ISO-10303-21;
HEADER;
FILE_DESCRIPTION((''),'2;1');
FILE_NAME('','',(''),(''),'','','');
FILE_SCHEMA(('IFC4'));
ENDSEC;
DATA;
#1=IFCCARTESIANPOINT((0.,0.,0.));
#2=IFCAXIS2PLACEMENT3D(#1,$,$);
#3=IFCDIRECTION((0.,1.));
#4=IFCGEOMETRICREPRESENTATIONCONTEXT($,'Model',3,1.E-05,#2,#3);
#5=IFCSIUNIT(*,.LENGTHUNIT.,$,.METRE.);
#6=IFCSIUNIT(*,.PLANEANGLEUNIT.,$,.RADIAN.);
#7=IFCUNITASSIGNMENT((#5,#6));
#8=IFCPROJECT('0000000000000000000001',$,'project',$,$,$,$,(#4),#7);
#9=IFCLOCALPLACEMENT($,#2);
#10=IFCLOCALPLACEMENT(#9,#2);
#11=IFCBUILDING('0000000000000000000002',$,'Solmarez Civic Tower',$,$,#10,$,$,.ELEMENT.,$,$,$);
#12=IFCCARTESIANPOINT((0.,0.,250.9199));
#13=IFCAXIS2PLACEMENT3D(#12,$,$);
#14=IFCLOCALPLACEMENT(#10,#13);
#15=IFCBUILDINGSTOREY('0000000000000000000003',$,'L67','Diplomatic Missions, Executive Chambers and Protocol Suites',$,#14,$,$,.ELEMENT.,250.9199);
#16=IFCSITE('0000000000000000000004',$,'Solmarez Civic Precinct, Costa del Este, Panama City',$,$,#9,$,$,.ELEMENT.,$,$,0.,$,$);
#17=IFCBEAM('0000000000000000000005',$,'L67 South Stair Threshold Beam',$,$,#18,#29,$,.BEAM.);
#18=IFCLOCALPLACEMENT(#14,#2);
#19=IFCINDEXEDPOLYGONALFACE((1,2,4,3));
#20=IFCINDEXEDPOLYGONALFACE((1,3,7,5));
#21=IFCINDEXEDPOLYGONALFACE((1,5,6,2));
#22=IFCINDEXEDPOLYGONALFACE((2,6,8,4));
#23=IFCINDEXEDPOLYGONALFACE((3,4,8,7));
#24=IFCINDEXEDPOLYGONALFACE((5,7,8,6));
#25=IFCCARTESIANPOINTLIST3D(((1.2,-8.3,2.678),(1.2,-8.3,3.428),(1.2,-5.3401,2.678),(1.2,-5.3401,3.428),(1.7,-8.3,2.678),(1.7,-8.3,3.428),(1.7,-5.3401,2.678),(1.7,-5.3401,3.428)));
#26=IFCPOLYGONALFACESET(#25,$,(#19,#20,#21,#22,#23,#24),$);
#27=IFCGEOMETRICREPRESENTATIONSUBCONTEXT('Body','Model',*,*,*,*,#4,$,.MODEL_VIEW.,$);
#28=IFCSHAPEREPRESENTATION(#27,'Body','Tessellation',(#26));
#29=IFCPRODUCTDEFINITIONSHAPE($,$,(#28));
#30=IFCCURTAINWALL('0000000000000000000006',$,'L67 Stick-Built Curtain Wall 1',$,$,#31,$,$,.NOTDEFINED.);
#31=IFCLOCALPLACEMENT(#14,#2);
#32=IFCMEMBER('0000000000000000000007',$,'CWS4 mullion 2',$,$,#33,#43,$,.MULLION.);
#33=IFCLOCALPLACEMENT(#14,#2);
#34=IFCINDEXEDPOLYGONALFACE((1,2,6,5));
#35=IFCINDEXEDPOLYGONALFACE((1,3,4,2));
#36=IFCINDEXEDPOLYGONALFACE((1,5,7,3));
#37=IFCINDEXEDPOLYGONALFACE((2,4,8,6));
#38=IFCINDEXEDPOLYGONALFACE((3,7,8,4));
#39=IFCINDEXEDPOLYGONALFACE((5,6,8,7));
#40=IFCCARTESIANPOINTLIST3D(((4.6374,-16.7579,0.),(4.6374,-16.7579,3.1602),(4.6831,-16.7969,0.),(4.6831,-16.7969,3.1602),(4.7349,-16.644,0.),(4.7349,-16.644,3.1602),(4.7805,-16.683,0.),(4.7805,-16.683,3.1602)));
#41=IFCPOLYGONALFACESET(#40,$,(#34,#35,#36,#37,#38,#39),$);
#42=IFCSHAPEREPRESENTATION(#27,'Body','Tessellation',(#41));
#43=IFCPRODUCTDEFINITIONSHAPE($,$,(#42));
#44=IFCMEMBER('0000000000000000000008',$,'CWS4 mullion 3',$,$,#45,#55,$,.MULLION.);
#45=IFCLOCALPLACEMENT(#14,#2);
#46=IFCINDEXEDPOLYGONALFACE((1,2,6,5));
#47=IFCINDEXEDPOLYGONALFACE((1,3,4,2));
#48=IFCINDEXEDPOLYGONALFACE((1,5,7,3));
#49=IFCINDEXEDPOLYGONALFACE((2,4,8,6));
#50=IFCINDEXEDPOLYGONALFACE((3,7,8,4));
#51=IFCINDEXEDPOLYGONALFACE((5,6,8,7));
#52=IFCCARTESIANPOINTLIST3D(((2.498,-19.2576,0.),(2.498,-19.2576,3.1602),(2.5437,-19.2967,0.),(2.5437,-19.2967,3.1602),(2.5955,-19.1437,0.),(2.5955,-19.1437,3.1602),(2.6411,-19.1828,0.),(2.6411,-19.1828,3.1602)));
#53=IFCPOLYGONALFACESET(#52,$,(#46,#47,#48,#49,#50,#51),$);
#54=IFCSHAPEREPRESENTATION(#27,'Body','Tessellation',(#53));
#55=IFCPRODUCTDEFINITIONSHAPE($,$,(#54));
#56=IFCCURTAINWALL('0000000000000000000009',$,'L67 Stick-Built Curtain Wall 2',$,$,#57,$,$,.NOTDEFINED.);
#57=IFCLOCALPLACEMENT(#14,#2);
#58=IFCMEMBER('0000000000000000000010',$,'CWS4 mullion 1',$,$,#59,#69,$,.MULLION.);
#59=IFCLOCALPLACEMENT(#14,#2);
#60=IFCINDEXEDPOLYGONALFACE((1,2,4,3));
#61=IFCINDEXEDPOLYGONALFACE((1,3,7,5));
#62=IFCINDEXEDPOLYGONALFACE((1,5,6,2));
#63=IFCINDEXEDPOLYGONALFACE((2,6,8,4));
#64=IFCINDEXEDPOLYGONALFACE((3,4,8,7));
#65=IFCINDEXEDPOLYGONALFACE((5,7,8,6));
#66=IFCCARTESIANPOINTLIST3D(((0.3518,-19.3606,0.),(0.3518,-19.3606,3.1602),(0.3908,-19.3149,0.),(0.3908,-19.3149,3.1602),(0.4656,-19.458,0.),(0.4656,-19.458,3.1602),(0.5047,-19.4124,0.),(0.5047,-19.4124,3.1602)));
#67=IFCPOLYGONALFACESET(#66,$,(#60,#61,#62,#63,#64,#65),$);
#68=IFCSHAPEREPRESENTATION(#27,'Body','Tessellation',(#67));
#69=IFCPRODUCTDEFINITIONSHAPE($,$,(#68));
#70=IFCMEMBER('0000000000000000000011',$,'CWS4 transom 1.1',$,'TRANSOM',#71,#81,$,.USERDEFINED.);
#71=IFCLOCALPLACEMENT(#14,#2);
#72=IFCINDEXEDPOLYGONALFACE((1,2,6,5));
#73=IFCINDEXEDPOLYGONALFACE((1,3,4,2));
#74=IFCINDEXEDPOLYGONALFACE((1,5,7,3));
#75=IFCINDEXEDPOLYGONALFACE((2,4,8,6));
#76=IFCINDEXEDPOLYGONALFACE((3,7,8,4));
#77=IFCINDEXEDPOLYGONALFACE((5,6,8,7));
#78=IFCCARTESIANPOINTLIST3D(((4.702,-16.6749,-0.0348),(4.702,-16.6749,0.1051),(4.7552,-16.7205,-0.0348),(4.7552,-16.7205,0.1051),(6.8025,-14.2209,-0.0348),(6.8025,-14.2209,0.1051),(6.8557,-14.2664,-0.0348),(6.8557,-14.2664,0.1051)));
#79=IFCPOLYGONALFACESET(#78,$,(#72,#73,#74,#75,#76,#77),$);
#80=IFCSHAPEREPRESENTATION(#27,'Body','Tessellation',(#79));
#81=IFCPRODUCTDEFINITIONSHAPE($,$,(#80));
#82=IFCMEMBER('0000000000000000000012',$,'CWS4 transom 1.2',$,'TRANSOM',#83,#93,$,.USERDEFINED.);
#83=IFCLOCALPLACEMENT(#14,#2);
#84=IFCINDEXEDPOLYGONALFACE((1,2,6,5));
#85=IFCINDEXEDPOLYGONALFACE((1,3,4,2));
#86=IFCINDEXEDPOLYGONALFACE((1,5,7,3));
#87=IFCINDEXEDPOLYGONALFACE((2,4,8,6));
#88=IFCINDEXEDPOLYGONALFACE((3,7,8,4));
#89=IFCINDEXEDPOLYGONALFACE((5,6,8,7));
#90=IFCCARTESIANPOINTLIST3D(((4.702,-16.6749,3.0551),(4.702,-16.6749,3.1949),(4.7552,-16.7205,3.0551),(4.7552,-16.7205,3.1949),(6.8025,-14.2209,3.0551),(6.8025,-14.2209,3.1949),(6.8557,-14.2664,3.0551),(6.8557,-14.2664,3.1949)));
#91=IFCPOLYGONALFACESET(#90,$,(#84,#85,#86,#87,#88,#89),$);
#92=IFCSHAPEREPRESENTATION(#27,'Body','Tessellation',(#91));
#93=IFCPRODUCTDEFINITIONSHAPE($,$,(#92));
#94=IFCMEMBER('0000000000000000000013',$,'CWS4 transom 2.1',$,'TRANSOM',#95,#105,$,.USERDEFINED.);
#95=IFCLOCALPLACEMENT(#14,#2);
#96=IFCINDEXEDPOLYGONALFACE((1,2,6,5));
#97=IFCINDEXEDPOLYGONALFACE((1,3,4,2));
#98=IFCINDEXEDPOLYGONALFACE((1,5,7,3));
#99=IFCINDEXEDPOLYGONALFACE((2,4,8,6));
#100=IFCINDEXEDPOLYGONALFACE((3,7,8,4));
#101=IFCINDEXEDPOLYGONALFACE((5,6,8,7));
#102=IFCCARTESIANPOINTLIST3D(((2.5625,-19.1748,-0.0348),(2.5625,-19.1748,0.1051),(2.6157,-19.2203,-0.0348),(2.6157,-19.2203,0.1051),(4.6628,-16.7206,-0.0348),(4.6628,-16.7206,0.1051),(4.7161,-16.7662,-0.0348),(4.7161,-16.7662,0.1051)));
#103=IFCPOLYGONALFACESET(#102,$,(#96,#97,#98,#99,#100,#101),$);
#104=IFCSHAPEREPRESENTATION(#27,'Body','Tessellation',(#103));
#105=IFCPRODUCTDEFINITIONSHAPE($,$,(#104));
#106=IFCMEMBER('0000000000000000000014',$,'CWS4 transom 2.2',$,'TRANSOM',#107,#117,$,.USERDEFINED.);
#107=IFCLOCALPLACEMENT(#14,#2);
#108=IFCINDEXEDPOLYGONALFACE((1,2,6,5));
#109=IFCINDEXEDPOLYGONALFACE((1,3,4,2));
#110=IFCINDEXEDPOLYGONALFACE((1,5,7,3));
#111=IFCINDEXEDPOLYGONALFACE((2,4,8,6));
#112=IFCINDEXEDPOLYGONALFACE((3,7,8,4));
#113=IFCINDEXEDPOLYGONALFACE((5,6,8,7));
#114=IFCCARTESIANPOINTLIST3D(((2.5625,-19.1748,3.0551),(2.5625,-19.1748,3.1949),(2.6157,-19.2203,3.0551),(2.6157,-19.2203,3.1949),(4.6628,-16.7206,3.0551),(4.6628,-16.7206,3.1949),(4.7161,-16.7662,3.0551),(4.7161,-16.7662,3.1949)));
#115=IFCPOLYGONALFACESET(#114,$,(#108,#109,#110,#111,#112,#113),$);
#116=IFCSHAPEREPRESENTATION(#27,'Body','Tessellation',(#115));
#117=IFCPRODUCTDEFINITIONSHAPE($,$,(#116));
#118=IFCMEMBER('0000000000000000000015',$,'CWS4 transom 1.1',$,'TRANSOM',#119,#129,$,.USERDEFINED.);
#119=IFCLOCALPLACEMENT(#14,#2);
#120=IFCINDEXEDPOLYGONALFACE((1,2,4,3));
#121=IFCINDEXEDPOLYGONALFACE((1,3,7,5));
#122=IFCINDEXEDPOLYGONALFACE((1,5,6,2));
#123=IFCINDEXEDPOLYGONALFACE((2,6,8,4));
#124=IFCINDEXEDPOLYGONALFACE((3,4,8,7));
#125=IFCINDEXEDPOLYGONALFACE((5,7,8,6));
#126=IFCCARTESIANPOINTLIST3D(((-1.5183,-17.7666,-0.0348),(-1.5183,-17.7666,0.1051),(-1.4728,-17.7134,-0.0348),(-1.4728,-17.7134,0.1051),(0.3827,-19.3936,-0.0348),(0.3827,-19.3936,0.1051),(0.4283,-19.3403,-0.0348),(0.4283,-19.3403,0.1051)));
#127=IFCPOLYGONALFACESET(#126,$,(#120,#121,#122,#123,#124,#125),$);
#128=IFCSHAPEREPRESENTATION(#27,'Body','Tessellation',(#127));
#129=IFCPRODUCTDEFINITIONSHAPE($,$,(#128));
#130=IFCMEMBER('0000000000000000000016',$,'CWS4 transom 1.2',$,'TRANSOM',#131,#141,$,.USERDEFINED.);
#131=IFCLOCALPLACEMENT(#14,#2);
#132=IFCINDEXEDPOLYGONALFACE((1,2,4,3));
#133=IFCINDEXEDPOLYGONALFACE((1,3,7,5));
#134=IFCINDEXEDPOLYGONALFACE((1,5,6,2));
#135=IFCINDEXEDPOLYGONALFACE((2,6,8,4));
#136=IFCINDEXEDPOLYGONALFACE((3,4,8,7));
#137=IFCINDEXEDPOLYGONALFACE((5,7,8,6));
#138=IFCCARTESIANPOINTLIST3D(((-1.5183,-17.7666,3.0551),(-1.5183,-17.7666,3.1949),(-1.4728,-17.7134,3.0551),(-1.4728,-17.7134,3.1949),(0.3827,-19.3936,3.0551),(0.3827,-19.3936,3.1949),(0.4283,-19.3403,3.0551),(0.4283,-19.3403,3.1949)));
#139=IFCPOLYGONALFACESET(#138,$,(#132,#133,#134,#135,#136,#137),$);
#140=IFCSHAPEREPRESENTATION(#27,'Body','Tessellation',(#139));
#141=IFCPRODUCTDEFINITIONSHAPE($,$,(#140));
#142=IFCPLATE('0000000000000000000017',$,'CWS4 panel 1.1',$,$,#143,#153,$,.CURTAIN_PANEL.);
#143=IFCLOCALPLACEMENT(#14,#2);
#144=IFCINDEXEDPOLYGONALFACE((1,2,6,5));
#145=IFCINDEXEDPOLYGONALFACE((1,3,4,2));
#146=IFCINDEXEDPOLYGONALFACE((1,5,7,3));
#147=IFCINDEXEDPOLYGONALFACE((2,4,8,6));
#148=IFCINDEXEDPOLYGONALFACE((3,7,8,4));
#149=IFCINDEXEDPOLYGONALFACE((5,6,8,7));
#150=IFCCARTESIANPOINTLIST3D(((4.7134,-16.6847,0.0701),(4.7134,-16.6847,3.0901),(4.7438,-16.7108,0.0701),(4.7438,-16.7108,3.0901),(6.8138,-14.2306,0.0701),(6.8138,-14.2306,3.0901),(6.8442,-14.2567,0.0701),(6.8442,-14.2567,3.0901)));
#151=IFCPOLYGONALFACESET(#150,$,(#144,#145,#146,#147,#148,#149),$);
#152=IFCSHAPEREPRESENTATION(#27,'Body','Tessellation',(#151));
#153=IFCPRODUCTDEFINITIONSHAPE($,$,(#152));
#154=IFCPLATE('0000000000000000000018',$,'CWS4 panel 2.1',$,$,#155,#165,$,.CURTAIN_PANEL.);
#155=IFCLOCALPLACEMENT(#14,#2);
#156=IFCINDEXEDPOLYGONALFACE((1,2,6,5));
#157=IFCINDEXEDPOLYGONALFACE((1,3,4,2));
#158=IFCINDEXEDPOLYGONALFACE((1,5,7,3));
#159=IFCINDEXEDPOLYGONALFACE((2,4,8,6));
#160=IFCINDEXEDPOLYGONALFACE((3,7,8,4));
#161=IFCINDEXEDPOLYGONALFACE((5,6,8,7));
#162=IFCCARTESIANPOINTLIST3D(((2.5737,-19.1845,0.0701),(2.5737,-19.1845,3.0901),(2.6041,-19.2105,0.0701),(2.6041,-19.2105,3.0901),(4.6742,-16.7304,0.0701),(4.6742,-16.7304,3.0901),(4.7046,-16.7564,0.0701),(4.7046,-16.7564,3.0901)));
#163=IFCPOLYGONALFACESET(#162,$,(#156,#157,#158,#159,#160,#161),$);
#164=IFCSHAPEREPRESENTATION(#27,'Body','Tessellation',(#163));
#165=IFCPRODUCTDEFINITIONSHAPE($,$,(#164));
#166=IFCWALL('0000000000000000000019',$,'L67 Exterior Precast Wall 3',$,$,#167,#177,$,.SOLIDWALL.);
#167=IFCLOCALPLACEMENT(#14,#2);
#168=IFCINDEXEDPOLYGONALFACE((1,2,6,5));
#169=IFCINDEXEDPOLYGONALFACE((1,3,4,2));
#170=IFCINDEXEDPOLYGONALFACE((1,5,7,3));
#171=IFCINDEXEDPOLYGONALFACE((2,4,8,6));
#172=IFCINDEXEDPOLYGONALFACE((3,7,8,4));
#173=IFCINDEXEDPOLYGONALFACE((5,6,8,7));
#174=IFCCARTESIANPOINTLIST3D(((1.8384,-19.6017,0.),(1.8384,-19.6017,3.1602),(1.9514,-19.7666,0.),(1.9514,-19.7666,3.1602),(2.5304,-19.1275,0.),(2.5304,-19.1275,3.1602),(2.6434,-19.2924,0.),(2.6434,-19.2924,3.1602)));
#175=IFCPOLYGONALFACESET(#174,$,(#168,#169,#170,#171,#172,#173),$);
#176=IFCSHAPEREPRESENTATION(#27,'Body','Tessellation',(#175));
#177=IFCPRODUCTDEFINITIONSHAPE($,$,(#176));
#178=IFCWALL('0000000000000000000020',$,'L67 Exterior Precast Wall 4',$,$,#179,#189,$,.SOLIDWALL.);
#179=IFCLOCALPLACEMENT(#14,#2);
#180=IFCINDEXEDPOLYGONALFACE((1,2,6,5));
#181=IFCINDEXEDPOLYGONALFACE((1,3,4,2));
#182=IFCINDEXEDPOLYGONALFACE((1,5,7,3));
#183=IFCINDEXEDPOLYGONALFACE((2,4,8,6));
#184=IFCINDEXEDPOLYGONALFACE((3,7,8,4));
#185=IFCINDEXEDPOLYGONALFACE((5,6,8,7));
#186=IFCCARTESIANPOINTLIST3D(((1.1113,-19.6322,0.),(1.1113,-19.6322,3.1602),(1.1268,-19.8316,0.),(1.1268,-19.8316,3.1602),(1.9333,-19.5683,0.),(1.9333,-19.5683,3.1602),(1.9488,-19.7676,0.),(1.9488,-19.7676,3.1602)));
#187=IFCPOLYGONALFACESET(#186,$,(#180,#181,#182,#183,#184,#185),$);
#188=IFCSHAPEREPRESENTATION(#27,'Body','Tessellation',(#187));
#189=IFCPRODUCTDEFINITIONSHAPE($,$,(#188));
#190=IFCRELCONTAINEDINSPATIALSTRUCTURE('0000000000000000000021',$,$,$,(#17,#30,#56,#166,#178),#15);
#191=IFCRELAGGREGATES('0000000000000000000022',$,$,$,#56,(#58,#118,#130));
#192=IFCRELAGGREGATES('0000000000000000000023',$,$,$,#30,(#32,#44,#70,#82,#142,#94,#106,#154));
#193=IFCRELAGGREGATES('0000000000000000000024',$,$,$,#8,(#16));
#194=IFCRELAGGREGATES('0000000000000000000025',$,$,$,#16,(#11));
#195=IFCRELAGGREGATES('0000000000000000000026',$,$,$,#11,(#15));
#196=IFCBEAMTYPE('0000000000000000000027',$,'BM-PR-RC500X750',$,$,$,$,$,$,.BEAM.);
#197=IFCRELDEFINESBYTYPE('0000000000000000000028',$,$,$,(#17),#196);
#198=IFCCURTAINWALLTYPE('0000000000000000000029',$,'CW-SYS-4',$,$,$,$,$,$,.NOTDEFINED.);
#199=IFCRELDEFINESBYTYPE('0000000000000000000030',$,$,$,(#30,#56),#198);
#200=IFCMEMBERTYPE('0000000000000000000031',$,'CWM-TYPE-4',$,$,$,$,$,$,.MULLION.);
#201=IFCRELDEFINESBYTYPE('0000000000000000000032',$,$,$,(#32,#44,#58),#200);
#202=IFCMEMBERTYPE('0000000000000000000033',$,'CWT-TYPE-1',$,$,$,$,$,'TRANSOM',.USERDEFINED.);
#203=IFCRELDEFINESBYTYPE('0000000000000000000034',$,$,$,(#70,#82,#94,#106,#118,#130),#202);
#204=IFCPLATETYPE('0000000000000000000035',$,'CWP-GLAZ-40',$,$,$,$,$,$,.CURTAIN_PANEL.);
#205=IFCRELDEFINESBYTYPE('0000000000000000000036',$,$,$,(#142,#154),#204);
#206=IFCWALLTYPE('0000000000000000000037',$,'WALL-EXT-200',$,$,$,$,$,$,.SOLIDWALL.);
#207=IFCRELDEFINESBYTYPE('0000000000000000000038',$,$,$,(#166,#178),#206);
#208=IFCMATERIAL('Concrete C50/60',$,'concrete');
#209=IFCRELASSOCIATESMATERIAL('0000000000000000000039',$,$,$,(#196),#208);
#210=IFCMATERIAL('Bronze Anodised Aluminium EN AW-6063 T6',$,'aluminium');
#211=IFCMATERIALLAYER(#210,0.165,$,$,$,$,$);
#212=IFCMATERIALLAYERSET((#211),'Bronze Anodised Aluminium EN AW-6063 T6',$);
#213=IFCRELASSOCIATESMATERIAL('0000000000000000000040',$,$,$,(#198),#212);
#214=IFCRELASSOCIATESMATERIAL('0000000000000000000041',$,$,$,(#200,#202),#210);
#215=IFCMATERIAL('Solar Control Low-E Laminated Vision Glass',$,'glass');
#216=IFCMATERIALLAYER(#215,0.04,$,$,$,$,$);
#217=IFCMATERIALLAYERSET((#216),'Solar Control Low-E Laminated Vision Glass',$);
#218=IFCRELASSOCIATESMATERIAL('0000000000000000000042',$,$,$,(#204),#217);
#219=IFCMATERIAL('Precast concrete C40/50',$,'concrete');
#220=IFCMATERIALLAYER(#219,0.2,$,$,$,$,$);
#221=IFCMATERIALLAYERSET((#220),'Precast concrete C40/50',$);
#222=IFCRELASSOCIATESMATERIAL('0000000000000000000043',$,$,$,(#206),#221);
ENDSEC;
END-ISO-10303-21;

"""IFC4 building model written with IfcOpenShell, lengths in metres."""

from ifc_helpers import new_model, si_unit, direction, frame, frame_2d, origin, origin_2d, place, context, subcontext, project, spatial, rectangle, extrude, material, layer, layer_set, material_profile, profile_set, type_object, element, aggregate, save


model = new_model("IFC4")

# Units and contexts
model_context = context("Model", 3, precision=1e-05, world=origin(), true_north=direction((0.0, 1.0)))
body_context = subcontext(model_context, "Body", "Model", "MODEL_VIEW")
ifc_project = project(units=[si_unit("LENGTHUNIT", "METRE"), si_unit("PLANEANGLEUNIT", "RADIAN")], contexts=[model_context])

# Site, building, storey
site_placement = place(None, origin())
site = spatial("IfcSite", under=ifc_project, at=site_placement, Name="Solmarez Civic Precinct, Costa del Este, Panama City", CompositionType="ELEMENT", RefElevation=0.0)
building_placement = place(site_placement, origin())
building = spatial("IfcBuilding", under=site, at=building_placement, Name="Solmarez Civic Tower", CompositionType="ELEMENT")
storey_placement = place(building_placement, frame((0.0, 0.0, 250.9199)))
storey = spatial("IfcBuildingStorey", under=building, at=storey_placement, Name="L67", Description="Diplomatic Missions, Executive Chambers and Protocol Suites", CompositionType="ELEMENT", Elevation=250.9199)

# Beam
ifc_material_1 = material(Name="Concrete C50/60", Category="concrete")
ifc_material_profile_1 = material_profile(ifc_material_1, rectangle(XDim=0.5, YDim=0.75, at=origin_2d()), Name="RC500X750")
ifc_profile_set_1 = profile_set([ifc_material_profile_1], Name="Concrete C50/60")
beam_type = type_object("IfcBeamType", Name="BM-PR-RC500X750", PredefinedType="BEAM", material=ifc_profile_set_1)
beam_placement = place(storey_placement, frame((1.45, -8.3, 3.053), z_axis=(0.0, 1.0, 0.0), x_axis=(-1.0, 0.0, 0.0)))
element("IfcBeam", 1, at=beam_placement, inside=storey, type_object=beam_type, Name="L67 South Stair Threshold Beam", PredefinedType="BEAM", context=body_context, shape_type="SweptSolid", body=[
    extrude(rectangle(XDim=0.5, YDim=0.75, at=origin_2d()), origin(), (0.0, 0.0, 1.0), 2.96),
])

# Curtain wall, members
ifc_material_2 = material(Name="Bronze Anodised Aluminium EN AW-6063 T6", Category="aluminium")
ifc_layer_1 = layer(ifc_material_2, 0.165)
ifc_layer_set_1 = layer_set([ifc_layer_1], Name="Bronze Anodised Aluminium EN AW-6063 T6")
curtain_wall_type = type_object("IfcCurtainWallType", Name="CW-SYS-4", PredefinedType="NOTDEFINED", material=ifc_layer_set_1)
curtain_wall_1_placement = place(storey_placement, origin())
curtain_wall_1 = element("IfcCurtainWall", 2, at=curtain_wall_1_placement, inside=storey, type_object=curtain_wall_type, Name="L67 Stick-Built Curtain Wall 1", PredefinedType="NOTDEFINED")
ifc_material_profile_2 = material_profile(ifc_material_2, rectangle(XDim=0.0601, YDim=0.1499, at=origin_2d()), Name="CWM-60X150")
ifc_profile_set_2 = profile_set([ifc_material_profile_2], Name="Bronze Anodised Aluminium EN AW-6063 T6")
member_type_1 = type_object("IfcMemberType", Name="CWM-TYPE-4", PredefinedType="MULLION", material=ifc_profile_set_2)
member_1_placement = place(storey_placement, frame((4.709, -16.7205, 0.0), z_axis=(0.0, 0.0, 1.0), x_axis=(0.759724, -0.650246, 0.0)))
member_1 = element("IfcMember", 3, at=member_1_placement, type_object=member_type_1, Name="CWS4 mullion 2", PredefinedType="MULLION", context=body_context, shape_type="SweptSolid", body=[
    extrude(rectangle(XDim=0.0601, YDim=0.1499, at=origin_2d()), origin(), (0.0, 0.0, 1.0), 3.1602),
])
member_2_placement = place(storey_placement, frame((2.5696, -19.2202, 0.0), z_axis=(0.0, 0.0, 1.0), x_axis=(0.759724, -0.650246, 0.0)))
member_2 = element("IfcMember", 4, at=member_2_placement, type_object=member_type_1, Name="CWS4 mullion 3", PredefinedType="MULLION", context=body_context, shape_type="SweptSolid", body=[
    extrude(rectangle(XDim=0.0601, YDim=0.1499, at=origin_2d()), origin(), (0.0, 0.0, 1.0), 3.1602),
])

# Curtain wall, member
curtain_wall_2_placement = place(storey_placement, origin())
curtain_wall_2 = element("IfcCurtainWall", 5, at=curtain_wall_2_placement, inside=storey, type_object=curtain_wall_type, Name="L67 Stick-Built Curtain Wall 2", PredefinedType="NOTDEFINED")
member_3_placement = place(storey_placement, frame((0.4282, -19.3865, 0.0), z_axis=(0.0, 0.0, 1.0), x_axis=(-0.650245, -0.759725, 0.0)))
member_3 = element("IfcMember", 6, at=member_3_placement, type_object=member_type_1, Name="CWS4 mullion 1", PredefinedType="MULLION", context=body_context, shape_type="SweptSolid", body=[
    extrude(rectangle(XDim=0.0601, YDim=0.1499, at=origin_2d()), origin(), (0.0, 0.0, 1.0), 3.1602),
])

# Members
ifc_material_profile_3 = material_profile(ifc_material_2, rectangle(XDim=0.0701, YDim=0.1399, at=origin_2d()), Name="CWT-70X140")
ifc_profile_set_3 = profile_set([ifc_material_profile_3], Name="Bronze Anodised Aluminium EN AW-6063 T6")
member_type_2 = type_object("IfcMemberType", Name="CWT-TYPE-1", ElementType="TRANSOM", PredefinedType="USERDEFINED", material=ifc_profile_set_3)
member_4_placement = place(storey_placement, frame((6.8291, -14.2437, 0.0352), z_axis=(-0.650268, -0.759705, 0.0), x_axis=(0.759705, -0.650268, 0.0)))
member_4 = element("IfcMember", 7, at=member_4_placement, type_object=member_type_2, Name="CWS4 transom 1.1", ObjectType="TRANSOM", PredefinedType="USERDEFINED", context=body_context, shape_type="SweptSolid", body=[
    extrude(rectangle(XDim=0.0701, YDim=0.1399, at=origin_2d()), origin(), (0.0, 0.0, 1.0), 3.2302),
])
member_5_placement = place(storey_placement, frame((6.8291, -14.2437, 3.125), z_axis=(-0.650268, -0.759705, 0.0), x_axis=(0.759705, -0.650268, 0.0)))
member_5 = element("IfcMember", 8, at=member_5_placement, type_object=member_type_2, Name="CWS4 transom 1.2", ObjectType="TRANSOM", PredefinedType="USERDEFINED", context=body_context, shape_type="SweptSolid", body=[
    extrude(rectangle(XDim=0.0701, YDim=0.1399, at=origin_2d()), origin(), (0.0, 0.0, 1.0), 3.2302),
])
member_6_placement = place(storey_placement, frame((4.6895, -16.7434, 0.0352), z_axis=(-0.650225, -0.759742, 0.0), x_axis=(0.759742, -0.650225, 0.0)))
member_6 = element("IfcMember", 9, at=member_6_placement, type_object=member_type_2, Name="CWS4 transom 2.1", ObjectType="TRANSOM", PredefinedType="USERDEFINED", context=body_context, shape_type="SweptSolid", body=[
    extrude(rectangle(XDim=0.0701, YDim=0.1399, at=origin_2d()), origin(), (0.0, 0.0, 1.0), 3.2302),
])
member_7_placement = place(storey_placement, frame((4.6895, -16.7434, 3.125), z_axis=(-0.650225, -0.759742, 0.0), x_axis=(0.759742, -0.650225, 0.0)))
member_7 = element("IfcMember", 10, at=member_7_placement, type_object=member_type_2, Name="CWS4 transom 2.2", ObjectType="TRANSOM", PredefinedType="USERDEFINED", context=body_context, shape_type="SweptSolid", body=[
    extrude(rectangle(XDim=0.0701, YDim=0.1399, at=origin_2d()), origin(), (0.0, 0.0, 1.0), 3.2302),
])
member_8_placement = place(storey_placement, frame((0.4055, -19.3669, 0.0352), z_axis=(-0.759766, 0.650197, 0.0), x_axis=(-0.650197, -0.759766, 0.0)))
member_8 = element("IfcMember", 11, at=member_8_placement, type_object=member_type_2, Name="CWS4 transom 1.1", ObjectType="TRANSOM", PredefinedType="USERDEFINED", context=body_context, shape_type="SweptSolid", body=[
    extrude(rectangle(XDim=0.0701, YDim=0.1399, at=origin_2d()), origin(), (0.0, 0.0, 1.0), 2.5022),
])
member_9_placement = place(storey_placement, frame((0.4055, -19.3669, 3.125), z_axis=(-0.759766, 0.650197, 0.0), x_axis=(-0.650197, -0.759766, 0.0)))
member_9 = element("IfcMember", 12, at=member_9_placement, type_object=member_type_2, Name="CWS4 transom 1.2", ObjectType="TRANSOM", PredefinedType="USERDEFINED", context=body_context, shape_type="SweptSolid", body=[
    extrude(rectangle(XDim=0.0701, YDim=0.1399, at=origin_2d()), origin(), (0.0, 0.0, 1.0), 2.5022),
])
aggregate(curtain_wall_2, [member_3, member_8, member_9])

# Plates
ifc_material_3 = material(Name="Solar Control Low-E Laminated Vision Glass", Category="glass")
ifc_layer_2 = layer(ifc_material_3, 0.04)
ifc_layer_set_2 = layer_set([ifc_layer_2], Name="Solar Control Low-E Laminated Vision Glass")
plate_type = type_object("IfcPlateType", Name="CWP-GLAZ-40", PredefinedType="CURTAIN_PANEL", material=ifc_layer_set_2)
plate_1_placement = place(storey_placement, frame((5.7788, -15.4707, 0.0701), z_axis=(0.0, 0.0, 1.0), x_axis=(-0.650246, -0.759724, 0.0)))
plate_1 = element("IfcPlate", 13, at=plate_1_placement, type_object=plate_type, Name="CWS4 panel 1.1", PredefinedType="CURTAIN_PANEL", context=body_context, shape_type="SweptSolid", body=[
    extrude(rectangle(XDim=3.2302, YDim=0.04, at=origin_2d()), origin(), (0.0, 0.0, 1.0), 3.02),
])
plate_2_placement = place(storey_placement, frame((3.6392, -17.9705, 0.0701), z_axis=(0.0, 0.0, 1.0), x_axis=(-0.650246, -0.759724, 0.0)))
plate_2 = element("IfcPlate", 14, at=plate_2_placement, type_object=plate_type, Name="CWS4 panel 2.1", PredefinedType="CURTAIN_PANEL", context=body_context, shape_type="SweptSolid", body=[
    extrude(rectangle(XDim=3.2302, YDim=0.04, at=origin_2d()), origin(), (0.0, 0.0, 1.0), 3.02),
])
aggregate(curtain_wall_1, [member_1, member_2, member_4, member_5, plate_1, member_6, member_7, plate_2])

# Walls
ifc_material_4 = material(Name="Precast concrete C40/50", Category="concrete")
ifc_layer_3 = layer(ifc_material_4, 0.2)
ifc_layer_set_3 = layer_set([ifc_layer_3], Name="Precast concrete C40/50")
wall_type_1 = type_object("IfcWallType", Name="WALL-EXT-200", PredefinedType="SOLIDWALL", material=ifc_layer_set_3)
wall_1_placement = place(storey_placement, frame((2.5869, -19.21, 0.0), z_axis=(0.0, 0.0, 1.0), x_axis=(-0.824907, -0.565268, 0.0)))
element("IfcWall", 15, at=wall_1_placement, inside=storey, type_object=wall_type_1, Name="L67 Exterior Precast Wall 3", PredefinedType="SOLIDWALL", context=body_context, shape_type="SweptSolid", body=[
    extrude(rectangle(XDim=0.8389, YDim=0.2, at=frame_2d((0.4194, 0.0))), origin(), (0.0, 0.0, 1.0), 3.1602),
])
wall_2_placement = place(storey_placement, frame((1.9409, -19.668, 0.0), z_axis=(0.0, 0.0, 1.0), x_axis=(-0.996986, -0.07758, 0.0)))
element("IfcWall", 16, at=wall_2_placement, inside=storey, type_object=wall_type_1, Name="L67 Exterior Precast Wall 4", PredefinedType="SOLIDWALL", context=body_context, shape_type="SweptSolid", body=[
    extrude(rectangle(XDim=0.8245, YDim=0.2, at=frame_2d((0.4121, 0.0))), origin(), (0.0, 0.0, 1.0), 3.1602),
])

save(model, "model.ifc")
